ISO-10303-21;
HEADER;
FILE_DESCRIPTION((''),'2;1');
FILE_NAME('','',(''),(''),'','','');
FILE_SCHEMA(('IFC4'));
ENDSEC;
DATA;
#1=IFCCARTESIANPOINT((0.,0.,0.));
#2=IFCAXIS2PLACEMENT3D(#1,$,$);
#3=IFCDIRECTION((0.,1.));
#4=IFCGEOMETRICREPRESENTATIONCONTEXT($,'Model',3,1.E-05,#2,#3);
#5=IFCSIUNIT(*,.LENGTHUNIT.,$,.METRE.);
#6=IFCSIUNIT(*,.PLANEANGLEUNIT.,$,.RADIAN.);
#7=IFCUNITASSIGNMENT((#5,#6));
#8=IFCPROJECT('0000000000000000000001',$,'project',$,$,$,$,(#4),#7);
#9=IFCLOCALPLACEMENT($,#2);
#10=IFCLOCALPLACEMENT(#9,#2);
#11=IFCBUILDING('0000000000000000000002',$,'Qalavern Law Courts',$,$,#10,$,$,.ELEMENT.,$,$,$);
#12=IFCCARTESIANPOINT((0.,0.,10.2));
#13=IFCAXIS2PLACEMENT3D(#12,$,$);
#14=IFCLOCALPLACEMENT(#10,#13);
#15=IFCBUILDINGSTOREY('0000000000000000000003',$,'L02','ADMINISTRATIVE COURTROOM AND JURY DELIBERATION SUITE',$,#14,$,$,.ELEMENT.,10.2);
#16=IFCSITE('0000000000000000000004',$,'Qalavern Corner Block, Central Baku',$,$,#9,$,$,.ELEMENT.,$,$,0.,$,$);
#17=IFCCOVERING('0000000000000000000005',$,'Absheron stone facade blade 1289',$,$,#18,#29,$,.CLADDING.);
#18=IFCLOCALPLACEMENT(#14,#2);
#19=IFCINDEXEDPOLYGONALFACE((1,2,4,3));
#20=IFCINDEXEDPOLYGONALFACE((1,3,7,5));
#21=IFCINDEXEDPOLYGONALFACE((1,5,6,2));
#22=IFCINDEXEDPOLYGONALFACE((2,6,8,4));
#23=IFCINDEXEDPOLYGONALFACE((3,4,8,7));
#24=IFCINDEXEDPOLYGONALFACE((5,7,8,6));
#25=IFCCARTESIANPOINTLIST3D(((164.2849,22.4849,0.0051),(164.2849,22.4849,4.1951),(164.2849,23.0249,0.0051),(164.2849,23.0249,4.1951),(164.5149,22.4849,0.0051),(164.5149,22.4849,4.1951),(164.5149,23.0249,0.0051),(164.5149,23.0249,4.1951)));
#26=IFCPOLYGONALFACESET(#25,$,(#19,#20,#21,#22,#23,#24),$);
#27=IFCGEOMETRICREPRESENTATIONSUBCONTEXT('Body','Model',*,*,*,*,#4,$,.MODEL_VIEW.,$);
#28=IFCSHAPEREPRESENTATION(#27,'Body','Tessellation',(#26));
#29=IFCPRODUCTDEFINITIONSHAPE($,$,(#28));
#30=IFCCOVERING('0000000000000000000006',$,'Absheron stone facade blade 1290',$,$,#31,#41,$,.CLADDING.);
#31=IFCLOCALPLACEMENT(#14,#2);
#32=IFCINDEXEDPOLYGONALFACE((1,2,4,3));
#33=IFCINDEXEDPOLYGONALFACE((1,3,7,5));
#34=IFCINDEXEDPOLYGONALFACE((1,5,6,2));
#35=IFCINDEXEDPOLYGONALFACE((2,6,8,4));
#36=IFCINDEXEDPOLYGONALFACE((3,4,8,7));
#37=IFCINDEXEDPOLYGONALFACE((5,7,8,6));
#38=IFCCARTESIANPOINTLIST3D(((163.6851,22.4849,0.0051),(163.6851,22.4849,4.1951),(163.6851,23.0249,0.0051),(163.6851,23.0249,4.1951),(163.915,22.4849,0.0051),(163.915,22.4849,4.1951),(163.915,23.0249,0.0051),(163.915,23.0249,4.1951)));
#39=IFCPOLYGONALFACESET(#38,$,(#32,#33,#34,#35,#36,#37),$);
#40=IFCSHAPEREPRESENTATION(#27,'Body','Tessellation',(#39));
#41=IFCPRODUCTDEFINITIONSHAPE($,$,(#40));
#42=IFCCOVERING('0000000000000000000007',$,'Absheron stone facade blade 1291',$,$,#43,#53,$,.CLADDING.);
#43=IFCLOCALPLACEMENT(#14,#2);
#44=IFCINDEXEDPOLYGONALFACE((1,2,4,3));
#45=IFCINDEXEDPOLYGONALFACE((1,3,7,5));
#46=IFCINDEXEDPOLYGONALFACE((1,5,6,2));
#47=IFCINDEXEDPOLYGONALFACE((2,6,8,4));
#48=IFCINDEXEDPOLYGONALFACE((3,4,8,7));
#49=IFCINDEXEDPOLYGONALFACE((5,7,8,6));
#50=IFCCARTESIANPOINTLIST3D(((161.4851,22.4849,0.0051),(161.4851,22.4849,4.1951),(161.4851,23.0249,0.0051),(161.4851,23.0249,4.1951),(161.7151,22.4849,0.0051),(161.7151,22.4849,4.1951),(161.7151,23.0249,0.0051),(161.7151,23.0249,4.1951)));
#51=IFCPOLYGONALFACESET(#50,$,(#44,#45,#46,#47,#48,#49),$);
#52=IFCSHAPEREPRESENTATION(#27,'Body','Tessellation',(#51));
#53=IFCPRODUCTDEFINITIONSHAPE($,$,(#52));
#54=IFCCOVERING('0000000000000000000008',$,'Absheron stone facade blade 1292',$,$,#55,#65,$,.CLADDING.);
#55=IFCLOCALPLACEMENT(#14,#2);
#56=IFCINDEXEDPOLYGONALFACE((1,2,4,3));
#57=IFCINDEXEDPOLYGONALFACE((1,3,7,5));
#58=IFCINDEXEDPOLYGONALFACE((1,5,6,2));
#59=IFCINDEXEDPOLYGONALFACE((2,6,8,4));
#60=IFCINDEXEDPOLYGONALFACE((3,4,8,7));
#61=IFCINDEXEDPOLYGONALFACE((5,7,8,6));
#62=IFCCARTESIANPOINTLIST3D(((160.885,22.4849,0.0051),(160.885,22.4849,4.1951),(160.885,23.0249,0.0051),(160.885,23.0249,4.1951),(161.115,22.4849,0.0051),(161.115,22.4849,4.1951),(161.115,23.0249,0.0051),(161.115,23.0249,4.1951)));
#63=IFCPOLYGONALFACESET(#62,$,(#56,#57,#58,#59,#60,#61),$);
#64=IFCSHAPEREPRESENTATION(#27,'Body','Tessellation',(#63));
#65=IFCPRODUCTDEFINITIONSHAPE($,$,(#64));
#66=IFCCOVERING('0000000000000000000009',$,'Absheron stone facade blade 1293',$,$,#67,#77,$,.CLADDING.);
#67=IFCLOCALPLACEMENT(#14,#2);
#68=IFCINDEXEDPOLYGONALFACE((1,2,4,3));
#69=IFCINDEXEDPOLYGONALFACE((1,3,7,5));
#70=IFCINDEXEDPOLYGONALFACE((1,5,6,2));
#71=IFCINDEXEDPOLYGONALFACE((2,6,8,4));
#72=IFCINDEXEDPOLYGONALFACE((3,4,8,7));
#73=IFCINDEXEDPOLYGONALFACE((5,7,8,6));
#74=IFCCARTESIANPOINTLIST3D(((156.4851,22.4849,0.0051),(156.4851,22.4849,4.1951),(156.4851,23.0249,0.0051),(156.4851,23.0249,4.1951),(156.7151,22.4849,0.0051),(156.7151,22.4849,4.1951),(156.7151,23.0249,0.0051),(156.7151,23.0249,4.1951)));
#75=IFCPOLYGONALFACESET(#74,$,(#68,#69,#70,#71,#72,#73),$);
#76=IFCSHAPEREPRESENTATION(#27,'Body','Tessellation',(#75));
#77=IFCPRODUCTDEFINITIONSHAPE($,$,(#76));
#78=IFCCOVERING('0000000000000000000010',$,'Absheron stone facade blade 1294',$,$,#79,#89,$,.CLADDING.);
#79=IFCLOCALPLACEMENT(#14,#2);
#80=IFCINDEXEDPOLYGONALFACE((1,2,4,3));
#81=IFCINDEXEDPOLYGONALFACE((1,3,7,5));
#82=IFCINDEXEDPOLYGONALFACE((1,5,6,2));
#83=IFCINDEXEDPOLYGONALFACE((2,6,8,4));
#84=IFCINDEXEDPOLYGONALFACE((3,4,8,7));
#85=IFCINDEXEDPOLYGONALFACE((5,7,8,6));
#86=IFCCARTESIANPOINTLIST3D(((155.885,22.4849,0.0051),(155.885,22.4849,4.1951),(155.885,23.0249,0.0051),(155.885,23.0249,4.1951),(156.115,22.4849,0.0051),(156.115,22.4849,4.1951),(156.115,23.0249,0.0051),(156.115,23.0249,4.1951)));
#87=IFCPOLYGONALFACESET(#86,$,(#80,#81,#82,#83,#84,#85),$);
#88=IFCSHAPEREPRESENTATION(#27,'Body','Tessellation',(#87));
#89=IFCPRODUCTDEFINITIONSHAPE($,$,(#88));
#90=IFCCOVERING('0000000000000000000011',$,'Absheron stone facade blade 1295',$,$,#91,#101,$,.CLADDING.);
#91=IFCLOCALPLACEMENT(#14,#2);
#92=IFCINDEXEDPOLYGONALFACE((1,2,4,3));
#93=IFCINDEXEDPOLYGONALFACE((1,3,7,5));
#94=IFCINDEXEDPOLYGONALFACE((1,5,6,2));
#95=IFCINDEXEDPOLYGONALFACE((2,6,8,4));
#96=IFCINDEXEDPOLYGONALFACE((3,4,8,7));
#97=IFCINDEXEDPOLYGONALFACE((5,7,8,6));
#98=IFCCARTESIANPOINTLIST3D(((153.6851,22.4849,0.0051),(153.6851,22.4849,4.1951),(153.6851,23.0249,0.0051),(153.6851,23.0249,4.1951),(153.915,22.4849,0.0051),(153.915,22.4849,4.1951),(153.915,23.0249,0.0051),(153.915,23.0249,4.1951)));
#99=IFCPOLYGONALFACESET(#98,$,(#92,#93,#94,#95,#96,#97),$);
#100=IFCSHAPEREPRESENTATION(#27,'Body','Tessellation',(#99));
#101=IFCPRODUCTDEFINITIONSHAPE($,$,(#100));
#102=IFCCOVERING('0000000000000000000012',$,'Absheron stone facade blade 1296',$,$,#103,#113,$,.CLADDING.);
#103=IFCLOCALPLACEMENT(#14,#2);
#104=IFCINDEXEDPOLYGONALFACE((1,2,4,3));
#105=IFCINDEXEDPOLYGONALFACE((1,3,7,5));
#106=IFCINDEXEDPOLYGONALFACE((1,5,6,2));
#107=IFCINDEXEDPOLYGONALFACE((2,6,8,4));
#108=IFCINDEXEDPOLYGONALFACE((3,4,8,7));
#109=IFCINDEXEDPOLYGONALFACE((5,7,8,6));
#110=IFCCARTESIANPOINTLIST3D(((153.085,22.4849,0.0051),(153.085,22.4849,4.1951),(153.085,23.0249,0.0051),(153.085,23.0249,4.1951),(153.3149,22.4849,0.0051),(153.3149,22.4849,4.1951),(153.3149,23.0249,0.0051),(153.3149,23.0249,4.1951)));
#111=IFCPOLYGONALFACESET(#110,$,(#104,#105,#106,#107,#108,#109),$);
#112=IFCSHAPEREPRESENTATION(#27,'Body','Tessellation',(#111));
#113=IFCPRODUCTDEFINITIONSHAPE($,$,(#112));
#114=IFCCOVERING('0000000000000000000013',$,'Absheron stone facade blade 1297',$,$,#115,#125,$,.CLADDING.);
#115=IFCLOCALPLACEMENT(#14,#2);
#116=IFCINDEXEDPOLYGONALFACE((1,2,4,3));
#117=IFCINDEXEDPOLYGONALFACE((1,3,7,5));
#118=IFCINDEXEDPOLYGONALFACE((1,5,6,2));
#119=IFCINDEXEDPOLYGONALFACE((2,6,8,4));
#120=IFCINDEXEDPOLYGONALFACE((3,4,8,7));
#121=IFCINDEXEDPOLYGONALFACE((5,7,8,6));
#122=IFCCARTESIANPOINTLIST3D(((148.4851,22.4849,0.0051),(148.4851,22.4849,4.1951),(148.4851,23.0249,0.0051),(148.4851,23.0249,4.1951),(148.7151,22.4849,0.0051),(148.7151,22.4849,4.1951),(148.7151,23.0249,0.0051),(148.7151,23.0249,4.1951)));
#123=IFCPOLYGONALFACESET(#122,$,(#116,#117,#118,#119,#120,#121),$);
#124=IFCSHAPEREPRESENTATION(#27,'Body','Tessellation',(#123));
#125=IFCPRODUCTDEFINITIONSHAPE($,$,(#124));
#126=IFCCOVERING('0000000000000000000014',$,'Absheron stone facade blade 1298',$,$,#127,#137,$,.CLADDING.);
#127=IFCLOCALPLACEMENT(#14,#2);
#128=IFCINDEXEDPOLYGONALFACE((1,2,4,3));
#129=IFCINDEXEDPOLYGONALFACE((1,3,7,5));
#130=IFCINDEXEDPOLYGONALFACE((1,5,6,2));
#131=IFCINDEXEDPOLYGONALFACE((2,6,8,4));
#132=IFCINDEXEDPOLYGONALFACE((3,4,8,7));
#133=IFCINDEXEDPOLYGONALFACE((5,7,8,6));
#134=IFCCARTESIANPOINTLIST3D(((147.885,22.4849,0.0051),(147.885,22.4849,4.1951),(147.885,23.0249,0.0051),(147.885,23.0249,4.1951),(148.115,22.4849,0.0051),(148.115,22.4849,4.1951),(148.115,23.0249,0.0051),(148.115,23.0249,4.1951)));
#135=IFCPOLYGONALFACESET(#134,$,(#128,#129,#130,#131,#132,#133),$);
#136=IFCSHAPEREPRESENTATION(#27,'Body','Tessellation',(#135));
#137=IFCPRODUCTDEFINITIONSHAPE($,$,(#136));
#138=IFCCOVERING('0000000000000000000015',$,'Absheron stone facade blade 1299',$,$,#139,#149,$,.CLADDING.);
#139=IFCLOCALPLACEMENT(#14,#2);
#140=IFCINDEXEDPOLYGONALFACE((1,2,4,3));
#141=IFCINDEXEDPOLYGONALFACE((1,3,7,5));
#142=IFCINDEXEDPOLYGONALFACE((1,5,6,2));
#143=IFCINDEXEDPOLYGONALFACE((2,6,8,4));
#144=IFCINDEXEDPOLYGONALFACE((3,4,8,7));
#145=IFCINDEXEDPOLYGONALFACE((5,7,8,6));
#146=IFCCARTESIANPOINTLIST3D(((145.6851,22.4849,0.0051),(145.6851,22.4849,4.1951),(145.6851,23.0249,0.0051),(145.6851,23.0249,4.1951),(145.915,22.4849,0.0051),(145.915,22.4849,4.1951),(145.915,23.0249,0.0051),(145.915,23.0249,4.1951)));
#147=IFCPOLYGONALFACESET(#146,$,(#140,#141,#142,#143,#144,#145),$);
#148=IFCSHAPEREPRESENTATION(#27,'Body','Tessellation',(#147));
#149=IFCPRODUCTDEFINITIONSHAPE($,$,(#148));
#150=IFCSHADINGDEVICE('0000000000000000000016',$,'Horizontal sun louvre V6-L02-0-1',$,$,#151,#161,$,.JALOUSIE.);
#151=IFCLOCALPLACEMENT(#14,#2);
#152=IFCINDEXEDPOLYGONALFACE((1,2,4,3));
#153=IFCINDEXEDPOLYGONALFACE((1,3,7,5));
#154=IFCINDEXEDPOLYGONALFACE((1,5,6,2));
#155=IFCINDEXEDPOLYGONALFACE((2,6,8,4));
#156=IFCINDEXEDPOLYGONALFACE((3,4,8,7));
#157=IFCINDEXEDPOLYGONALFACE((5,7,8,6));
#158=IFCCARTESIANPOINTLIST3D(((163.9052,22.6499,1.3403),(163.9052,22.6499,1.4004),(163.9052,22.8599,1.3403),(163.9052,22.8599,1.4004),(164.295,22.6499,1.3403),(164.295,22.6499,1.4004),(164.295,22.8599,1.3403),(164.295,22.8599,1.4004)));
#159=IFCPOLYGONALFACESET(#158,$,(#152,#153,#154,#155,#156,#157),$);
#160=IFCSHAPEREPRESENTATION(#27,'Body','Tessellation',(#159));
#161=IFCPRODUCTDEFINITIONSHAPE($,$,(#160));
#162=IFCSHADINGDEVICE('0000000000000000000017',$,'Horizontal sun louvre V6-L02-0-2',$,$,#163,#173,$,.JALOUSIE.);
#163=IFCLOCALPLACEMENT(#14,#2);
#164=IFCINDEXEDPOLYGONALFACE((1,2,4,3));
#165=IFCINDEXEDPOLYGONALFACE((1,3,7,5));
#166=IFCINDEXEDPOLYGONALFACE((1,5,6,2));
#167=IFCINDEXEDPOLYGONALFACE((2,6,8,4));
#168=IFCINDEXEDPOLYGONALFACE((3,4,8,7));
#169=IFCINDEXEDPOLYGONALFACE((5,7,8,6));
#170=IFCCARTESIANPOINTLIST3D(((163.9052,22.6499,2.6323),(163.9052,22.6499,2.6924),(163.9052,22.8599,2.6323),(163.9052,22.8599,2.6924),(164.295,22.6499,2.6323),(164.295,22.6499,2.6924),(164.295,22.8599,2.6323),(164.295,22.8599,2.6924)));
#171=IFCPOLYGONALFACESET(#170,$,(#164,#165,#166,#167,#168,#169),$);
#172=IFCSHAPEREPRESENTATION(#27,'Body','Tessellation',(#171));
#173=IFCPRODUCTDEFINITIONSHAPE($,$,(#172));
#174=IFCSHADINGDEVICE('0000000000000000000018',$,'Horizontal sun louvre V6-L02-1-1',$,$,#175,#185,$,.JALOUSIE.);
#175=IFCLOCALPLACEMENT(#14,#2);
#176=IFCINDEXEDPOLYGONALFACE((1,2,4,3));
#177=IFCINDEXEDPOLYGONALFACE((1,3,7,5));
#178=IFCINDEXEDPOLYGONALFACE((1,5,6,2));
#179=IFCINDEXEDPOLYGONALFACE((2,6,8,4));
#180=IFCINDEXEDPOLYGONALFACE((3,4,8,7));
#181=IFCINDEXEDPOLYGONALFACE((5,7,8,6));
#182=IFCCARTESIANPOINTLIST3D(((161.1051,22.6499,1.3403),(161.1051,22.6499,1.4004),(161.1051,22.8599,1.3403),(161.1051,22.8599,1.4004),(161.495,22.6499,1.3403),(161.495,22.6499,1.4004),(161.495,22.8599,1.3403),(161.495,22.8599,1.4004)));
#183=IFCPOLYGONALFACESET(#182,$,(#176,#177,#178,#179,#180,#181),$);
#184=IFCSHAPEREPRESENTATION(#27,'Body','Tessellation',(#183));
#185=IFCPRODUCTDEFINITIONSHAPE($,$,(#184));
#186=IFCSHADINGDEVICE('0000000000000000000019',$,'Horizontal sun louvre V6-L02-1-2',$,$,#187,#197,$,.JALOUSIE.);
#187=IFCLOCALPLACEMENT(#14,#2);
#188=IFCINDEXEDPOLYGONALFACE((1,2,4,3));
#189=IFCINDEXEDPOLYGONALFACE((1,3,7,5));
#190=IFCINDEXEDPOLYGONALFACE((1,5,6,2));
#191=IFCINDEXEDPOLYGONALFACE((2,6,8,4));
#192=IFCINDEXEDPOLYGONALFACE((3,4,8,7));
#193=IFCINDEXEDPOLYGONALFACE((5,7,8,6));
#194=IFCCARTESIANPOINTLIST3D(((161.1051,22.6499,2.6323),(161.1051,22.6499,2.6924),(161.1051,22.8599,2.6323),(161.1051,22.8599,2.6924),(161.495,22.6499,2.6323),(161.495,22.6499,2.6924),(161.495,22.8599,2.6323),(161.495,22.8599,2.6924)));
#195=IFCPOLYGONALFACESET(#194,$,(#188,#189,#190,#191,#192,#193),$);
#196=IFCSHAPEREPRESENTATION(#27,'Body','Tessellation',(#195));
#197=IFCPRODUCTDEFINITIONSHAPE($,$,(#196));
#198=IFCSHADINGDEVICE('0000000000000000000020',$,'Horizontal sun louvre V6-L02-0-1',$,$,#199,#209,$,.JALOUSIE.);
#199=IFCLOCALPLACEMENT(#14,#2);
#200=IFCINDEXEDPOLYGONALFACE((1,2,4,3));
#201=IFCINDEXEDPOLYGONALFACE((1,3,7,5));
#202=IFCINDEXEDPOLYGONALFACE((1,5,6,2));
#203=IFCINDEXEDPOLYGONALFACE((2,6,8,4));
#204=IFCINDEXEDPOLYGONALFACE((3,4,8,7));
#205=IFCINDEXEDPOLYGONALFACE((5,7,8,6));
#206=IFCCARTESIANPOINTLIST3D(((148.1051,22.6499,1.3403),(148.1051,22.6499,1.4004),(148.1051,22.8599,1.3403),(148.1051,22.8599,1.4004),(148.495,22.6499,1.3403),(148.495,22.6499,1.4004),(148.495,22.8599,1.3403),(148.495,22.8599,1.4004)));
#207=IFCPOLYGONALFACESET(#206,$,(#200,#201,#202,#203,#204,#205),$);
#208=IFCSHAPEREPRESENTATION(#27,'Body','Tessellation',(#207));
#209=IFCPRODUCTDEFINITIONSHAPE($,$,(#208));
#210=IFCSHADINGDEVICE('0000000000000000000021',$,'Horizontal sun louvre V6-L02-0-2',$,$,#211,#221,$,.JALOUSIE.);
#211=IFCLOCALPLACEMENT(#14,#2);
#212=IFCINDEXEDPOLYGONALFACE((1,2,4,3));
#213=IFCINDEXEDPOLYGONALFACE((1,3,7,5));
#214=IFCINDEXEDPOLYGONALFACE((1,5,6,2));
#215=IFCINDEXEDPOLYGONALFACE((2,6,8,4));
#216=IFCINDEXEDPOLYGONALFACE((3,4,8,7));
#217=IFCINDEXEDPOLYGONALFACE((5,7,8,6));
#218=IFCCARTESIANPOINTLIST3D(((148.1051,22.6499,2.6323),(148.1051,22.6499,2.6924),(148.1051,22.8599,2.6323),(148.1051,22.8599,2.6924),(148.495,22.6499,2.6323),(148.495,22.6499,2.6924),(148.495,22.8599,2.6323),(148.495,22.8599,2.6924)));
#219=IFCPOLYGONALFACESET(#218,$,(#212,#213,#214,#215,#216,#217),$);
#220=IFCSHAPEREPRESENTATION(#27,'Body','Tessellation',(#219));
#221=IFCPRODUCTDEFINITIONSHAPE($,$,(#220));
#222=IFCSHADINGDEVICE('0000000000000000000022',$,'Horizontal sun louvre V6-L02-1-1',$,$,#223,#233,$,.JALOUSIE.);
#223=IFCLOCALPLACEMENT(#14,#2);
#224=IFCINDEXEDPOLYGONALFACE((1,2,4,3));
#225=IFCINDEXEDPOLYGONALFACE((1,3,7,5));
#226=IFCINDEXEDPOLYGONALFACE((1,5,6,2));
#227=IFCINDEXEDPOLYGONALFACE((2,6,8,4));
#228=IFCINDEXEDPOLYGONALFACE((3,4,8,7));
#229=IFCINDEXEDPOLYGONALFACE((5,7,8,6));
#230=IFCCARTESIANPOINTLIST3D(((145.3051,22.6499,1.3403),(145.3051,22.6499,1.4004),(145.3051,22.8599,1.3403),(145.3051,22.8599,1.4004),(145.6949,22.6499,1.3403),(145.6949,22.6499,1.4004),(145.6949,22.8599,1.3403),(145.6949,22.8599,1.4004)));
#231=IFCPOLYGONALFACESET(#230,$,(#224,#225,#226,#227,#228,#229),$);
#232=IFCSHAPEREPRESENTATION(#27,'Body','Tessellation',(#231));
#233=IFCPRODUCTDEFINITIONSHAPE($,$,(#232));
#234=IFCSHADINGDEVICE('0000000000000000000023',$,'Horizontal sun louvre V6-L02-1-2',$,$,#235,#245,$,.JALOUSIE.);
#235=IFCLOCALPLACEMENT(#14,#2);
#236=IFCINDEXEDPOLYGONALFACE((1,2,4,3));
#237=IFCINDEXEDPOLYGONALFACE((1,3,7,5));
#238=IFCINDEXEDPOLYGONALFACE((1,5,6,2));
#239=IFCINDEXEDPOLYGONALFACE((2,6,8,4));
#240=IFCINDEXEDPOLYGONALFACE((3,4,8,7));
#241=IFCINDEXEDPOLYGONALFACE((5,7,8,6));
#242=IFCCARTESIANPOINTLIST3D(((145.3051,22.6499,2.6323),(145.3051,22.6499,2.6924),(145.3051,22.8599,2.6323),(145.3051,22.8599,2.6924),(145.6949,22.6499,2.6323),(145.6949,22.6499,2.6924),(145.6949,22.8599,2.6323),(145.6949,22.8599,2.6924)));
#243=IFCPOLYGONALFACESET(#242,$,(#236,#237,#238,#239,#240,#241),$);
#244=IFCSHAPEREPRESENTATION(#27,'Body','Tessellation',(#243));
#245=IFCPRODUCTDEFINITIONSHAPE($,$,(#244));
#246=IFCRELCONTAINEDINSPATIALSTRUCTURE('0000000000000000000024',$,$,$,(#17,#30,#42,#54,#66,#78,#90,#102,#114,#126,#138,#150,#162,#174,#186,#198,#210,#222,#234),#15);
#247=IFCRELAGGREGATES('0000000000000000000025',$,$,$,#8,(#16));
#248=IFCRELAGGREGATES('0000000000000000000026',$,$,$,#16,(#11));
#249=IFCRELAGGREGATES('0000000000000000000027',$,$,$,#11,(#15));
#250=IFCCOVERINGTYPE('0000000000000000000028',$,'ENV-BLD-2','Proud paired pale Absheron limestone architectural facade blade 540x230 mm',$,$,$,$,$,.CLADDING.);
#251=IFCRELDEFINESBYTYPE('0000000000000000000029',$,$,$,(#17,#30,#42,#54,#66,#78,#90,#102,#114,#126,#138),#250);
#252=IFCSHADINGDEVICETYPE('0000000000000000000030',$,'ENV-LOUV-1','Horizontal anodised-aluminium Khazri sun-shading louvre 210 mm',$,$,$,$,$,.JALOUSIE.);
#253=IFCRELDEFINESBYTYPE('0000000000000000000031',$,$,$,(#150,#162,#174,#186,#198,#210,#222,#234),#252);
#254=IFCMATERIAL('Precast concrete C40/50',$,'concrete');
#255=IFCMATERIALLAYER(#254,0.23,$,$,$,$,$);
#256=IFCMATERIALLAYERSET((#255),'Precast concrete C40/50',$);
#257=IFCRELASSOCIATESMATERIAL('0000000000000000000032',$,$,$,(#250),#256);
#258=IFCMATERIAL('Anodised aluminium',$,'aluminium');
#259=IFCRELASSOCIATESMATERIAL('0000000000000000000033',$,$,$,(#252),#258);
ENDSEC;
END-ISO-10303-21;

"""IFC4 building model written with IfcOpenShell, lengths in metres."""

from ifc_helpers import new_model, si_unit, direction, frame, origin, origin_2d, place, context, subcontext, project, spatial, rectangle, extrude, material, layer, layer_set, type_object, element, save


model = new_model("IFC4")

# Units and contexts
model_context = context("Model", 3, precision=1e-05, world=origin(), true_north=direction((0.0, 1.0)))
body_context = subcontext(model_context, "Body", "Model", "MODEL_VIEW")
ifc_project = project(units=[si_unit("LENGTHUNIT", "METRE"), si_unit("PLANEANGLEUNIT", "RADIAN")], contexts=[model_context])

# Site, building, storey
site_placement = place(None, origin())
site = spatial("IfcSite", under=ifc_project, at=site_placement, Name="Qalavern Corner Block, Central Baku", CompositionType="ELEMENT", RefElevation=0.0)
building_placement = place(site_placement, origin())
building = spatial("IfcBuilding", under=site, at=building_placement, Name="Qalavern Law Courts", CompositionType="ELEMENT")
storey_placement = place(building_placement, frame((0.0, 0.0, 10.2)))
storey = spatial("IfcBuildingStorey", under=building, at=storey_placement, Name="L02", Description="ADMINISTRATIVE COURTROOM AND JURY DELIBERATION SUITE", CompositionType="ELEMENT", Elevation=10.2)

# Coverings
ifc_material_1 = material(Name="Precast concrete C40/50", Category="concrete")
ifc_layer = layer(ifc_material_1, 0.23)
ifc_layer_set = layer_set([ifc_layer], Name="Precast concrete C40/50")
covering_type = type_object("IfcCoveringType", Name="ENV-BLD-2", Description="Proud paired pale Absheron limestone architectural facade blade 540x230 mm", PredefinedType="CLADDING", material=ifc_layer_set)
for number, where, z_axis, x_axis, name in (
    (1, (164.3999, 22.7549, 0.0051), (0.0, 0.0, 1.0), (0.0, 1.0, 0.0), "Absheron stone facade blade 1289"),
    (2, (163.8, 22.7549, 0.0051), (0.0, 0.0, 1.0), (0.0, 1.0, 0.0), "Absheron stone facade blade 1290"),
    (3, (161.6001, 22.7549, 0.0051), (0.0, 0.0, 1.0), (0.0, 1.0, 0.0), "Absheron stone facade blade 1291"),
    (4, (161.0, 22.7549, 0.0051), (0.0, 0.0, 1.0), (0.0, 1.0, 0.0), "Absheron stone facade blade 1292"),
    (5, (156.6001, 22.7549, 0.0051), (0.0, 0.0, 1.0), (0.0, 1.0, 0.0), "Absheron stone facade blade 1293"),
    (6, (156.0, 22.7549, 0.0051), (0.0, 0.0, 1.0), (0.0, 1.0, 0.0), "Absheron stone facade blade 1294"),
    (7, (153.8, 22.7549, 0.0051), (0.0, 0.0, 1.0), (0.0, 1.0, 0.0), "Absheron stone facade blade 1295"),
    (8, (153.2, 22.7549, 0.0051), (0.0, 0.0, 1.0), (0.0, 1.0, 0.0), "Absheron stone facade blade 1296"),
    (9, (148.6001, 22.7549, 0.0051), (0.0, 0.0, 1.0), (0.0, 1.0, 0.0), "Absheron stone facade blade 1297"),
    (10, (148.0, 22.7549, 0.0051), (0.0, 0.0, 1.0), (0.0, 1.0, 0.0), "Absheron stone facade blade 1298"),
    (11, (145.8, 22.7549, 0.0051), (0.0, 0.0, 1.0), (0.0, 1.0, 0.0), "Absheron stone facade blade 1299"),
):
    element("IfcCovering", number, at=place(storey_placement, frame(where, z_axis=z_axis, x_axis=x_axis)), inside=storey, type_object=covering_type, Name=name, PredefinedType="CLADDING", context=body_context, shape_type="SweptSolid", body=[
        extrude(rectangle(XDim=0.54, YDim=0.23, at=origin_2d()), origin(), (0.0, 0.0, 1.0), 4.1899),
    ])

# Shading devices
ifc_material_2 = material(Name="Anodised aluminium", Category="aluminium")
shading_device_type_1 = type_object("IfcShadingDeviceType", Name="ENV-LOUV-1", Description="Horizontal anodised-aluminium Khazri sun-shading louvre 210 mm", PredefinedType="JALOUSIE", material=ifc_material_2)
for number, where, z_axis, x_axis, name in (
    (12, (164.1001, 22.7549, 1.3403), (0.0, 0.0, 1.0), (-1.0, 0.0, 0.0), "Horizontal sun louvre V6-L02-0-1"),
    (13, (164.1001, 22.7549, 2.6323), (0.0, 0.0, 1.0), (-1.0, 0.0, 0.0), "Horizontal sun louvre V6-L02-0-2"),
    (14, (161.3, 22.7549, 1.3403), (0.0, 0.0, 1.0), (-1.0, 0.0, 0.0), "Horizontal sun louvre V6-L02-1-1"),
    (15, (161.3, 22.7549, 2.6323), (0.0, 0.0, 1.0), (-1.0, 0.0, 0.0), "Horizontal sun louvre V6-L02-1-2"),
    (16, (148.3, 22.7549, 1.3403), (0.0, 0.0, 1.0), (-1.0, 0.0, 0.0), "Horizontal sun louvre V6-L02-0-1"),
    (17, (148.3, 22.7549, 2.6323), (0.0, 0.0, 1.0), (-1.0, 0.0, 0.0), "Horizontal sun louvre V6-L02-0-2"),
    (18, (145.5, 22.7549, 1.3403), (0.0, 0.0, 1.0), (-1.0, 0.0, 0.0), "Horizontal sun louvre V6-L02-1-1"),
    (19, (145.5, 22.7549, 2.6323), (0.0, 0.0, 1.0), (-1.0, 0.0, 0.0), "Horizontal sun louvre V6-L02-1-2"),
):
    element("IfcShadingDevice", number, at=place(storey_placement, frame(where, z_axis=z_axis, x_axis=x_axis)), inside=storey, type_object=shading_device_type_1, Name=name, PredefinedType="JALOUSIE", context=body_context, shape_type="SweptSolid", body=[
        extrude(rectangle(XDim=0.3899, YDim=0.21, at=origin_2d()), origin(), (0.0, 0.0, 1.0), 0.0601),
    ])

save(model, "model.ifc")
